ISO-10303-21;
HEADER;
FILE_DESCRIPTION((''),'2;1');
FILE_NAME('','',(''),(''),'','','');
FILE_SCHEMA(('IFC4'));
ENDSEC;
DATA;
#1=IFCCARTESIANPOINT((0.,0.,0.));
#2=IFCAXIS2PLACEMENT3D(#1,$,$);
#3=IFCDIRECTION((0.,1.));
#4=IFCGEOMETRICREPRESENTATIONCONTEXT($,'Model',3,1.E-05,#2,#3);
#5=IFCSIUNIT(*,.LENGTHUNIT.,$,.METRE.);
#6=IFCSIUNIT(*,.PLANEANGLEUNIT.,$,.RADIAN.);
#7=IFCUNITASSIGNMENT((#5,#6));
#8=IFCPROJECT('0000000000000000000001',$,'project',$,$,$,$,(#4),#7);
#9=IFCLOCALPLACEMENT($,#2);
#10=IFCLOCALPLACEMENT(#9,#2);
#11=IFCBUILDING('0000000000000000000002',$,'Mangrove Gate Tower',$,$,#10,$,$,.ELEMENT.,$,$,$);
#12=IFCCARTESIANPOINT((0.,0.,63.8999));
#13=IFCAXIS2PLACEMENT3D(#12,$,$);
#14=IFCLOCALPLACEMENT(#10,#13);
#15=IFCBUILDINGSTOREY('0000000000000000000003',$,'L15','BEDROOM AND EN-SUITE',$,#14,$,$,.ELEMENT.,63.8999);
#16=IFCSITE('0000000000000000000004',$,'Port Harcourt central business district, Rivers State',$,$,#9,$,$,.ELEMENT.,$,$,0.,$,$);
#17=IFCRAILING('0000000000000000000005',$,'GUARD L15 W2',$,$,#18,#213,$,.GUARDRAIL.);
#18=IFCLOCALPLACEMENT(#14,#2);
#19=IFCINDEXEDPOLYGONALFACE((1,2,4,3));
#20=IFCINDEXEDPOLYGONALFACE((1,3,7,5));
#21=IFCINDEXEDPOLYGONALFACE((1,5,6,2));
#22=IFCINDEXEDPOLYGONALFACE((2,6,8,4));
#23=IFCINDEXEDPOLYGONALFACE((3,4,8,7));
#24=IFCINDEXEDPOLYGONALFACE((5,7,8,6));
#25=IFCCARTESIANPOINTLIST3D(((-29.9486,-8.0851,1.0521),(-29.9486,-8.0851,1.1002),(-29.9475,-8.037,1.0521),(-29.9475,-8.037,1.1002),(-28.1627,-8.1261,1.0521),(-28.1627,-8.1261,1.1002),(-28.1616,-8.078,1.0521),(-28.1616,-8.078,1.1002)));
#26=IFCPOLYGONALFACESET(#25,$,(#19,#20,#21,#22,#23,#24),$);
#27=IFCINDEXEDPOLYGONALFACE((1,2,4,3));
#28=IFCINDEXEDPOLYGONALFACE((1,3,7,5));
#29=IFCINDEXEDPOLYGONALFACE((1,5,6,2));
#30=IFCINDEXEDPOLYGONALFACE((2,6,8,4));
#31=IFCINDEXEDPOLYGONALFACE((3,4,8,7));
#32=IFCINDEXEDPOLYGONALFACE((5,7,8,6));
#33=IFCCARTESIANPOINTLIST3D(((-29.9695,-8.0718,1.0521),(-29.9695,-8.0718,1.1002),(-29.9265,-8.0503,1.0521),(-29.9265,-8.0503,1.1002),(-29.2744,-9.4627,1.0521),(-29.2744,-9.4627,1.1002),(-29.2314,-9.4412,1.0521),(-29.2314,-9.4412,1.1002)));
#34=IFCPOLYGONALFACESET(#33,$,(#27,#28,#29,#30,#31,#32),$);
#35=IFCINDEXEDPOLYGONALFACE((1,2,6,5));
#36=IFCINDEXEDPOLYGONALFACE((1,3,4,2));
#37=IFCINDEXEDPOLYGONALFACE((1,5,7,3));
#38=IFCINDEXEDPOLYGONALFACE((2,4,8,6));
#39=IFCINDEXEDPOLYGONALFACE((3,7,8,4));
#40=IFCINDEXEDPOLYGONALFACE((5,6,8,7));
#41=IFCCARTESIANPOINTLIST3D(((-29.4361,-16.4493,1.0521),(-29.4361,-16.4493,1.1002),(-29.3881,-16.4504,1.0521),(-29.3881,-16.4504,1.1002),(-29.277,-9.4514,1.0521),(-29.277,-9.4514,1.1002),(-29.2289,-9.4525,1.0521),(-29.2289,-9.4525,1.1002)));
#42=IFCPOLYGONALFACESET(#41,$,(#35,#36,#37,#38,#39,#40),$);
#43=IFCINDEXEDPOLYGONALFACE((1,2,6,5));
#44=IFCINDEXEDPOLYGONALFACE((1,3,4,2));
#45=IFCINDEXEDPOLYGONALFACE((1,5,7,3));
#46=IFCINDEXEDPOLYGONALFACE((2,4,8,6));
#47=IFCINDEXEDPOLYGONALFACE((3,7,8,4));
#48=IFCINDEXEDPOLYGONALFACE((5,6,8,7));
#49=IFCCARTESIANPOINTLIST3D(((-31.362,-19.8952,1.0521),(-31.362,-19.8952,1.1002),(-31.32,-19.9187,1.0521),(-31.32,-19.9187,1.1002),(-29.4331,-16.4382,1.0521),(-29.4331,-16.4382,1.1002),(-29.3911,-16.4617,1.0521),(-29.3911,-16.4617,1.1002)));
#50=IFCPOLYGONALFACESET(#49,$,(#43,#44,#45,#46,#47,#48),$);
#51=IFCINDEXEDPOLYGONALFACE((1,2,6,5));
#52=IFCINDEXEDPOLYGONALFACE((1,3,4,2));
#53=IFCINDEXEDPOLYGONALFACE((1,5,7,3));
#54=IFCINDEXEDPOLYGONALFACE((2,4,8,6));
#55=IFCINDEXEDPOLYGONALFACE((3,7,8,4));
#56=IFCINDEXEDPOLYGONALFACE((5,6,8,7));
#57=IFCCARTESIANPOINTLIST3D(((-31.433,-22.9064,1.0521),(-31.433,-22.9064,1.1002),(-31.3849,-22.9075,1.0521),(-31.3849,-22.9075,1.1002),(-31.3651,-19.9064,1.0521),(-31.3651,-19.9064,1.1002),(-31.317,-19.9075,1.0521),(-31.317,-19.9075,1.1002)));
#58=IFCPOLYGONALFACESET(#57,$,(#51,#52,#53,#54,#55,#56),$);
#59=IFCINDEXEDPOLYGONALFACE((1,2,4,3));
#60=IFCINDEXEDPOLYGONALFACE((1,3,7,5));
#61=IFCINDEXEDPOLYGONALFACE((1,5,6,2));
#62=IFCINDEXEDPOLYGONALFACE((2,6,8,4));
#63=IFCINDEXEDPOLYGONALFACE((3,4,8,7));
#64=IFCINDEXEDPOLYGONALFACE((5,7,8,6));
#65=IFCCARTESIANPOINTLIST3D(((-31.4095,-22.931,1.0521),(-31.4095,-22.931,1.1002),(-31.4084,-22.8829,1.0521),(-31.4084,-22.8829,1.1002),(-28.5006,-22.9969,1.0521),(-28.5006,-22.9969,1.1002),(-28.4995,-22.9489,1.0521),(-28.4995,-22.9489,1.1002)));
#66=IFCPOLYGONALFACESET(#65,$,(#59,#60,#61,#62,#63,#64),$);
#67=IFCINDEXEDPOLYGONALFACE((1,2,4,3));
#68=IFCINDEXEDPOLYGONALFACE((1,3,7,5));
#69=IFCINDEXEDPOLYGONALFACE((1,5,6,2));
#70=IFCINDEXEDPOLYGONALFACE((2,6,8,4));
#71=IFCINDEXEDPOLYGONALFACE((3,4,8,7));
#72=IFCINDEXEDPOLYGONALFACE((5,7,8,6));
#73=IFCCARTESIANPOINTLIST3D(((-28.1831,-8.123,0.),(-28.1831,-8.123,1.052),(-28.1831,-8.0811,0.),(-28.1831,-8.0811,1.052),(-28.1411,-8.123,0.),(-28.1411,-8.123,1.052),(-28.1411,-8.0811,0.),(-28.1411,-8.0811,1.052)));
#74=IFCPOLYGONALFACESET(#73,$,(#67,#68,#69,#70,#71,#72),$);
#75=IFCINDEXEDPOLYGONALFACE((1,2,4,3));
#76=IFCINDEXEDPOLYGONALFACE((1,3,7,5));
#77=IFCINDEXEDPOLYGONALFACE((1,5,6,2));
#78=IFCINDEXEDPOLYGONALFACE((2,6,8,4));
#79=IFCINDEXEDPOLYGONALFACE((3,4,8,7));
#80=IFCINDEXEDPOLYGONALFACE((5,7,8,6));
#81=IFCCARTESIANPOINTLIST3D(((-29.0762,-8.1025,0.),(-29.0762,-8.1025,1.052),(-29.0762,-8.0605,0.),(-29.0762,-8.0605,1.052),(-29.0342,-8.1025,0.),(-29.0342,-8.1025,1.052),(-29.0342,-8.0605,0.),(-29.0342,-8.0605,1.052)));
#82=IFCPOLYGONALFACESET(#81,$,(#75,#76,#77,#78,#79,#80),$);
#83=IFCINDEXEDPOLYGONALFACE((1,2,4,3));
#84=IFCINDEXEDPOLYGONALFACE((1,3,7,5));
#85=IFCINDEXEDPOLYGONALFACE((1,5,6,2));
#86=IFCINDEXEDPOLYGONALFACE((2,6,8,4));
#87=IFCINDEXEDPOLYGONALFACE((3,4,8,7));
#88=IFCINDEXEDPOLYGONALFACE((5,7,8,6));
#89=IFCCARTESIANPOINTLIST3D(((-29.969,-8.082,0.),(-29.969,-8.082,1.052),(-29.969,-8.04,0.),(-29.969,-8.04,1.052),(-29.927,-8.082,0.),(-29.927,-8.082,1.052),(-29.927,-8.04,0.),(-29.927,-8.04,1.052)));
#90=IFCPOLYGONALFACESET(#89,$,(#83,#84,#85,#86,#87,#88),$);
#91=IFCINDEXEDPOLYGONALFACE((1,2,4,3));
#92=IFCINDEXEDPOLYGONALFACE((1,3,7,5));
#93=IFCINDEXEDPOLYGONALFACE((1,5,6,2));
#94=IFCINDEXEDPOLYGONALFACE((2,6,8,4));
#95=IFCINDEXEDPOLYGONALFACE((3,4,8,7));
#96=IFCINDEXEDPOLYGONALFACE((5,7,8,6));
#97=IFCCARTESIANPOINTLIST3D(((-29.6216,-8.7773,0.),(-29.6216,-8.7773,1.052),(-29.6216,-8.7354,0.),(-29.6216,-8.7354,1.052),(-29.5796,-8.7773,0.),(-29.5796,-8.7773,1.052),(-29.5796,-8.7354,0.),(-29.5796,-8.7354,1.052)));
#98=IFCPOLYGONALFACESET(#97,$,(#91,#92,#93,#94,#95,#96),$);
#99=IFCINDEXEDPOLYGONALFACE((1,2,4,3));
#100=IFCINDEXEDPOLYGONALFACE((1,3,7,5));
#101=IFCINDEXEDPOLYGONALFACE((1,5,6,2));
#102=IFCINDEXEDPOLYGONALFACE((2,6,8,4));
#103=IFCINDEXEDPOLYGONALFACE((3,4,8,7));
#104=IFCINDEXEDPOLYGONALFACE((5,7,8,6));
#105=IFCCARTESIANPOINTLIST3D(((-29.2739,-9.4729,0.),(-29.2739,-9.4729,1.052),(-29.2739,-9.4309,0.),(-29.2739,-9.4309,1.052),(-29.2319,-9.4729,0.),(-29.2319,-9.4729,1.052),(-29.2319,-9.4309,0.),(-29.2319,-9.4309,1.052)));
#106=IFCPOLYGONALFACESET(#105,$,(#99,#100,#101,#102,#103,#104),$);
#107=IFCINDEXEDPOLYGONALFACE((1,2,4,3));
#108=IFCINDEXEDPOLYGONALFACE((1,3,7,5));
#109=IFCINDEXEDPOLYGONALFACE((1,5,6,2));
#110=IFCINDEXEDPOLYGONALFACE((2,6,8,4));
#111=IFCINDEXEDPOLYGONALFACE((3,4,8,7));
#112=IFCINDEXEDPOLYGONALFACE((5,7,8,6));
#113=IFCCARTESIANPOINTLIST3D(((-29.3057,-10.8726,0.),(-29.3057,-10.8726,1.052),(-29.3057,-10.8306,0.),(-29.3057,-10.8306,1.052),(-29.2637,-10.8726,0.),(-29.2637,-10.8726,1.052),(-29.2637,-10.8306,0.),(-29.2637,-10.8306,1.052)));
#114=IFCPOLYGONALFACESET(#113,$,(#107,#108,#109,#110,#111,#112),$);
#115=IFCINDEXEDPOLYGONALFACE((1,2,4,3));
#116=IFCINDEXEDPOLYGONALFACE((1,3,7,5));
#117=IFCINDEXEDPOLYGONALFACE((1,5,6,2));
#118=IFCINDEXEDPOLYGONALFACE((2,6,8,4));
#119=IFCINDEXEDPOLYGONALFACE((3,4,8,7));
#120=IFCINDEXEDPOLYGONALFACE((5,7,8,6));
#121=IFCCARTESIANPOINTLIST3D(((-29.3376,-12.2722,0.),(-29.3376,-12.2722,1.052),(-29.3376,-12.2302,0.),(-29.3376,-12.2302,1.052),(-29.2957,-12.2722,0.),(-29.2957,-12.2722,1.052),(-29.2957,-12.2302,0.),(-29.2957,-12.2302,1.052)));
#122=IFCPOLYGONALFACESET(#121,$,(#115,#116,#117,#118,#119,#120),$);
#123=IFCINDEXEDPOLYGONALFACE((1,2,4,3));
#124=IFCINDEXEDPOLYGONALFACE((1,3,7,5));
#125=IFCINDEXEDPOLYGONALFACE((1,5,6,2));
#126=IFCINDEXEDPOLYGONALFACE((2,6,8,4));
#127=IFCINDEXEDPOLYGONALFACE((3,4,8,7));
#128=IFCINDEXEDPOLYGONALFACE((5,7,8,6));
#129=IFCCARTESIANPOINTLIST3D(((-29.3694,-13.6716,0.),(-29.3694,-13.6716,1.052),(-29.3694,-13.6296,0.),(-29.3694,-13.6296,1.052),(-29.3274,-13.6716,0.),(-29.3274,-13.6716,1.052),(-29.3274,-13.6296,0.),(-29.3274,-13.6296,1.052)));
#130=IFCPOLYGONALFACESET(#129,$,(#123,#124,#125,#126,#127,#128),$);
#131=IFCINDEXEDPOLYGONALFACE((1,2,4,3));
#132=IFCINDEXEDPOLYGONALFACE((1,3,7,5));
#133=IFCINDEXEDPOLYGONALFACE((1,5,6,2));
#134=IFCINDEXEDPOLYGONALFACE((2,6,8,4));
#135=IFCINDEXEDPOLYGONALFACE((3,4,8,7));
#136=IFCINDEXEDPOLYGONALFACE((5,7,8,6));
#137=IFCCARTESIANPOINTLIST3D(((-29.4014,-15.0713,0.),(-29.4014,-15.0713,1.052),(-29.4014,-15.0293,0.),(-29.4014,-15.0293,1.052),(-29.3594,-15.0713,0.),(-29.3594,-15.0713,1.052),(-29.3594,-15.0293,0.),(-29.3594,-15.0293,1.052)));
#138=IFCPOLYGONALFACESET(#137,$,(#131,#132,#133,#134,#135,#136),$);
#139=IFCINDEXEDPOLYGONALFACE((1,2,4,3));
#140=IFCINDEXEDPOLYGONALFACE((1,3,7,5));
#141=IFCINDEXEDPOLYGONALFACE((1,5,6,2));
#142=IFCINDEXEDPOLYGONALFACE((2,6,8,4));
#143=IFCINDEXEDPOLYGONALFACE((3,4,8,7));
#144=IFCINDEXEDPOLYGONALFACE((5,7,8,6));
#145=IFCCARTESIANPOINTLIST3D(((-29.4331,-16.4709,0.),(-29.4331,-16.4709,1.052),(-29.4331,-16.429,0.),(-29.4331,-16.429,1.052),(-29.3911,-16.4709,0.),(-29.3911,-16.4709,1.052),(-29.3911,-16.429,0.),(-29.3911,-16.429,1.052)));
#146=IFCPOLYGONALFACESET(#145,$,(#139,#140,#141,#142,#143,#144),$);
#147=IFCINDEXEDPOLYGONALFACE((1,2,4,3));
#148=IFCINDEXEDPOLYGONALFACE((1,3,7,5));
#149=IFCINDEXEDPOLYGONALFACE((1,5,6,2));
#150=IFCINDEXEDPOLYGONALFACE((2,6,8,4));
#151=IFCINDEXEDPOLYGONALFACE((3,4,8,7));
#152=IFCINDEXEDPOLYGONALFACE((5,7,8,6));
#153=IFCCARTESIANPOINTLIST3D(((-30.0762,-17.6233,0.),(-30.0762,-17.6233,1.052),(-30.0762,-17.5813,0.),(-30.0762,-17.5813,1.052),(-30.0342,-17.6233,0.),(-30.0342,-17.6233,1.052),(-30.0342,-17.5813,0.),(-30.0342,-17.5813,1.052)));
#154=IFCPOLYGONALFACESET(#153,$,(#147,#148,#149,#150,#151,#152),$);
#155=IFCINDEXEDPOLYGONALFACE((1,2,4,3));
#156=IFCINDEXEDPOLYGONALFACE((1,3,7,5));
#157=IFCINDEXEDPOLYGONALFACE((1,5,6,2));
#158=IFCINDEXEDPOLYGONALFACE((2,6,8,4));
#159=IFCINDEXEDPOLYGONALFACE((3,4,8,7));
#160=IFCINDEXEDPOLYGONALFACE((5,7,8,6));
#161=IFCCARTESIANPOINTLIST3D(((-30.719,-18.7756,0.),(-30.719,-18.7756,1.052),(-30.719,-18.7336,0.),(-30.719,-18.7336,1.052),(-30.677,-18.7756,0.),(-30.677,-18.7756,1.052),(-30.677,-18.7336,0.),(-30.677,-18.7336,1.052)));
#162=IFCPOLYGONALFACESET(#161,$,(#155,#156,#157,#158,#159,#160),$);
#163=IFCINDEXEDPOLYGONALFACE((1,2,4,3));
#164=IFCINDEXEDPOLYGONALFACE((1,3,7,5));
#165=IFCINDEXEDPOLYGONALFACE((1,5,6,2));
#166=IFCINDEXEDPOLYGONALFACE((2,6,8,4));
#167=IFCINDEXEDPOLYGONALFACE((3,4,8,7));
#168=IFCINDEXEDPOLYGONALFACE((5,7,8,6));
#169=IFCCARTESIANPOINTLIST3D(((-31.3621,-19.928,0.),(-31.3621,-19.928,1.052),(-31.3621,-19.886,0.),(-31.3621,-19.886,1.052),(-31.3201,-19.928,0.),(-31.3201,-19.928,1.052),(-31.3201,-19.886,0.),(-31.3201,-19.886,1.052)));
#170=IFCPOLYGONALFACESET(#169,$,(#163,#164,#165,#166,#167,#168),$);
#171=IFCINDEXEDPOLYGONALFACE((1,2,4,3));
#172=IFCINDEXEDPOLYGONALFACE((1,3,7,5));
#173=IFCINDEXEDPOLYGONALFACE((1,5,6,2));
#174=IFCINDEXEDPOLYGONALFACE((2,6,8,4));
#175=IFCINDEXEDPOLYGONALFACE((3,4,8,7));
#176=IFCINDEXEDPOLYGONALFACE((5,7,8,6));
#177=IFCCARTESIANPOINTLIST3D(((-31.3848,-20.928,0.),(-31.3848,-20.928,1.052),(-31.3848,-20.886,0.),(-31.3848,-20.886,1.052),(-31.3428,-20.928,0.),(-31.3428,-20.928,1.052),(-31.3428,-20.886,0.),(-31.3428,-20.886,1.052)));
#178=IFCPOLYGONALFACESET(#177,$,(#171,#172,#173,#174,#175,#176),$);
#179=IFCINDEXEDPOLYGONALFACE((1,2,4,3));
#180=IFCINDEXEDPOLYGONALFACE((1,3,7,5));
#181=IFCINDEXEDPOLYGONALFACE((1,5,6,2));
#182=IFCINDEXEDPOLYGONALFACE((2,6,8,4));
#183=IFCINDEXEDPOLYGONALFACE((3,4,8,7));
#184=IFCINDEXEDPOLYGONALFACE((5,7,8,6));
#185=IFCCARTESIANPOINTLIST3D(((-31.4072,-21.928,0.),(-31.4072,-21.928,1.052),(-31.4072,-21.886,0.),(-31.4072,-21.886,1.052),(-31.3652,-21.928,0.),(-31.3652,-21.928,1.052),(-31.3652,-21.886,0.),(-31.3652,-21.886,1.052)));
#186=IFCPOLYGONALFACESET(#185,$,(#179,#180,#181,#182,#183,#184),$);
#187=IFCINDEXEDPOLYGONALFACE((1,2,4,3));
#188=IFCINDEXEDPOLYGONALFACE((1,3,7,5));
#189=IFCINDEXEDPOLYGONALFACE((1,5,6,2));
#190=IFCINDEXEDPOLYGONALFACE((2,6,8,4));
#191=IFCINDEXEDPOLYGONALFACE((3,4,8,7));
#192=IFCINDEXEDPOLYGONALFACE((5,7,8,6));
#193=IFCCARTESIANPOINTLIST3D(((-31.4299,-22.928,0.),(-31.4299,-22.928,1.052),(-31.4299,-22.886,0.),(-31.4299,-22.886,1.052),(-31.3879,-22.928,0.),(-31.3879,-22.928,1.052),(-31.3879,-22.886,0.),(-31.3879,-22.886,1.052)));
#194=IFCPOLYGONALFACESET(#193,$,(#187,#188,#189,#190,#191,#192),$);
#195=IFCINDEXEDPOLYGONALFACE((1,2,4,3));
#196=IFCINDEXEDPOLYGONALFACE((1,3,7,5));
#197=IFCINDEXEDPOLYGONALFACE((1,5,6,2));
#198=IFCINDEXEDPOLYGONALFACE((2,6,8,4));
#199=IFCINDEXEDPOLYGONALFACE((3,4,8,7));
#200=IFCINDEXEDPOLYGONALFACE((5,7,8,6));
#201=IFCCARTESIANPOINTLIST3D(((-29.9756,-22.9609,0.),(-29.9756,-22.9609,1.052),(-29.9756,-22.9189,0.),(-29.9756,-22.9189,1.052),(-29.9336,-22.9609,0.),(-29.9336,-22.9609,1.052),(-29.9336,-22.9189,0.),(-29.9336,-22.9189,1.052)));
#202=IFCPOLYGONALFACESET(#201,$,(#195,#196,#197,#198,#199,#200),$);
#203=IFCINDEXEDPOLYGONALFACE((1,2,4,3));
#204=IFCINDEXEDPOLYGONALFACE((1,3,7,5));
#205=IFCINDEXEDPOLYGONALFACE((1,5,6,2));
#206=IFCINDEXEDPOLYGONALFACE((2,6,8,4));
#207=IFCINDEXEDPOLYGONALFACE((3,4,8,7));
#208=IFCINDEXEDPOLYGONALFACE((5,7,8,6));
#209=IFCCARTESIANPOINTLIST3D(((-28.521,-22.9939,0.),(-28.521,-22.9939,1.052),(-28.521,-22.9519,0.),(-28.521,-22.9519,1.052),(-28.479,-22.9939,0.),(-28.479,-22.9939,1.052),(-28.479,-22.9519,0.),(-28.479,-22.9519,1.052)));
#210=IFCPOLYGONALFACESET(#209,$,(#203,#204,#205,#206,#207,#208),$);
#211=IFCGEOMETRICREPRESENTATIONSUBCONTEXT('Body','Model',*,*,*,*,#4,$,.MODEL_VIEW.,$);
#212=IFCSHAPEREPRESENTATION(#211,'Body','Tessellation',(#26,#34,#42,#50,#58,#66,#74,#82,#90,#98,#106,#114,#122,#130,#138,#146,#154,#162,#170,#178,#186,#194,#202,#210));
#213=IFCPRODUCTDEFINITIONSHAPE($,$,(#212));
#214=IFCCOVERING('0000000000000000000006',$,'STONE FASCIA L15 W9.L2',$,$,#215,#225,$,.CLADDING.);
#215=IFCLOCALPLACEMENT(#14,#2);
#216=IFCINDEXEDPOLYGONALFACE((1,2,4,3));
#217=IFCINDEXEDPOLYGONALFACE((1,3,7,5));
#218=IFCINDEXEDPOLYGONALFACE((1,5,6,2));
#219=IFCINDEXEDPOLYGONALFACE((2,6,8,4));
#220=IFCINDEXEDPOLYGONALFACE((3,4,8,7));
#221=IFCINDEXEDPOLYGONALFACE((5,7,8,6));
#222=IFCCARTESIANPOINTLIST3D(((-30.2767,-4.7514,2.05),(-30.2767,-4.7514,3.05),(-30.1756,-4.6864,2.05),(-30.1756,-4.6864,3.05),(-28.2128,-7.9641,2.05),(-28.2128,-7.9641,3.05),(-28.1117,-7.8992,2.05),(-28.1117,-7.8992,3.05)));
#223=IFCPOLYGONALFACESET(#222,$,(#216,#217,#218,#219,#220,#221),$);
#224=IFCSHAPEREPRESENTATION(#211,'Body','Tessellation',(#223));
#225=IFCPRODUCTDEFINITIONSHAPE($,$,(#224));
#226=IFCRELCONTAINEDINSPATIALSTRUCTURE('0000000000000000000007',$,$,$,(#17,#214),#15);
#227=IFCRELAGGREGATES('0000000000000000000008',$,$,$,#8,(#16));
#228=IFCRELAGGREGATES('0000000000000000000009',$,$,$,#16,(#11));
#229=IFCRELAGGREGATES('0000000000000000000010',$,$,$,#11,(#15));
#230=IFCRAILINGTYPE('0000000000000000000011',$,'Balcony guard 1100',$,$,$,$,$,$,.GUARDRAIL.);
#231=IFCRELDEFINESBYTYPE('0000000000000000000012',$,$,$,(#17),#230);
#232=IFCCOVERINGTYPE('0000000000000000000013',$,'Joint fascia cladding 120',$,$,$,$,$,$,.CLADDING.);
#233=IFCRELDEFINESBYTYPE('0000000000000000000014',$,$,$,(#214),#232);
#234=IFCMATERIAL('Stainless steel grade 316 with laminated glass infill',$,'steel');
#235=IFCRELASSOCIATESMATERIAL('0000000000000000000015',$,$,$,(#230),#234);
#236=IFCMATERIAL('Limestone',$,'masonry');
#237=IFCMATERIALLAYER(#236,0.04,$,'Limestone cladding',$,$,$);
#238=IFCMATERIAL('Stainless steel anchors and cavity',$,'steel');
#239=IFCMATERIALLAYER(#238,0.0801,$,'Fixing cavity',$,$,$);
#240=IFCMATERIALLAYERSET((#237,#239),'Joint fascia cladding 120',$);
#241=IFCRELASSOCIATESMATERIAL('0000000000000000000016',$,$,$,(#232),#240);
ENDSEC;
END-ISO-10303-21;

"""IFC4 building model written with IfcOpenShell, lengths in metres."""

from ifc_helpers import new_model, si_unit, direction, frame, frame_2d, origin, origin_2d, place, context, subcontext, project, spatial, rectangle, extrude, material, layer, layer_set, type_object, element, save


model = new_model("IFC4")

# Units and contexts
model_context = context("Model", 3, precision=1e-05, world=origin(), true_north=direction((0.0, 1.0)))
body_context = subcontext(model_context, "Body", "Model", "MODEL_VIEW")
ifc_project = project(units=[si_unit("LENGTHUNIT", "METRE"), si_unit("PLANEANGLEUNIT", "RADIAN")], contexts=[model_context])

# Site, building, storey
site_placement = place(None, origin())
site = spatial("IfcSite", under=ifc_project, at=site_placement, Name="Port Harcourt central business district, Rivers State", CompositionType="ELEMENT", RefElevation=0.0)
building_placement = place(site_placement, origin())
building = spatial("IfcBuilding", under=site, at=building_placement, Name="Mangrove Gate Tower", CompositionType="ELEMENT")
storey_placement = place(building_placement, frame((0.0, 0.0, 63.8999)))
storey = spatial("IfcBuildingStorey", under=building, at=storey_placement, Name="L15", Description="BEDROOM AND EN-SUITE", CompositionType="ELEMENT", Elevation=63.8999)

# Shared definitions
ifc_material_1 = material(Name="Limestone", Category="masonry")

# Railing
ifc_material_2 = material(Name="Stainless steel grade 316 with laminated glass infill", Category="steel")
railing_type = type_object("IfcRailingType", Name="Balcony guard 1100", PredefinedType="GUARDRAIL", material=ifc_material_2)
railing_placement = place(storey_placement, frame((-28.1621, -8.1021, 0.0)))
element("IfcRailing", 1, at=railing_placement, inside=storey, type_object=railing_type, Name="GUARD L15 W2", PredefinedType="GUARDRAIL", context=body_context, shape_type="SweptSolid", body=[
    extrude(rectangle(XDim=0.0481, YDim=0.0481, at=origin_2d()), frame((0.0, 0.0, 1.0762), z_axis=(-0.999736, 0.02296, 0.0), x_axis=(-0.02296, -0.999736, 0.0)), (0.0, 0.0, 1.0), 1.7864),
    extrude(rectangle(XDim=0.0481, YDim=0.0481, at=origin_2d()), frame((-1.7859, 0.041, 1.0762), z_axis=(0.447025, -0.894521, 0.0), x_axis=(0.894521, 0.447025, 0.0)), (0.0, 0.0, 1.0), 1.5549),
    extrude(rectangle(XDim=0.0481, YDim=0.0481, at=origin_2d()), frame((-1.0908, -1.3499, 1.0762), z_axis=(-0.02274, -0.999741, 0.0), x_axis=(0.999741, -0.02274, 0.0)), (0.0, 0.0, 1.0), 6.9998),
    extrude(rectangle(XDim=0.0481, YDim=0.0481, at=origin_2d()), frame((-1.25, -8.3479, 1.0762), z_axis=(-0.48726, -0.873257, 0.0), x_axis=(0.873257, -0.48726, 0.0)), (0.0, 0.0, 1.0), 3.9587),
    extrude(rectangle(XDim=0.0481, YDim=0.0481, at=origin_2d()), frame((-3.179, -11.8049, 1.0762), z_axis=(-0.022618, -0.999744, 0.0), x_axis=(0.999744, -0.022618, 0.0)), (0.0, 0.0, 1.0), 3.0007),
    extrude(rectangle(XDim=0.0481, YDim=0.0481, at=origin_2d()), frame((-3.2468, -14.8049, 1.0762), z_axis=(0.999743, -0.022655, 0.0), x_axis=(0.022655, 0.999743, 0.0)), (0.0, 0.0, 1.0), 2.9097),
    extrude(rectangle(XDim=0.042, YDim=0.042, at=origin_2d()), origin(), (0.0, 0.0, 1.0), 1.052),
    extrude(rectangle(XDim=0.042, YDim=0.042, at=origin_2d()), frame((-0.8931, 0.0205, 0.0)), (0.0, 0.0, 1.0), 1.052),
    extrude(rectangle(XDim=0.042, YDim=0.042, at=origin_2d()), frame((-1.7859, 0.041, 0.0)), (0.0, 0.0, 1.0), 1.052),
    extrude(rectangle(XDim=0.042, YDim=0.042, at=origin_2d()), frame((-1.4385, -0.6543, 0.0)), (0.0, 0.0, 1.0), 1.052),
    extrude(rectangle(XDim=0.042, YDim=0.042, at=origin_2d()), frame((-1.0908, -1.3499, 0.0)), (0.0, 0.0, 1.0), 1.052),
    extrude(rectangle(XDim=0.042, YDim=0.042, at=origin_2d()), frame((-1.1226, -2.7495, 0.0)), (0.0, 0.0, 1.0), 1.052),
    extrude(rectangle(XDim=0.042, YDim=0.042, at=origin_2d()), frame((-1.1545, -4.1492, 0.0)), (0.0, 0.0, 1.0), 1.052),
    extrude(rectangle(XDim=0.042, YDim=0.042, at=origin_2d()), frame((-1.1863, -5.5486, 0.0)), (0.0, 0.0, 1.0), 1.052),
    extrude(rectangle(XDim=0.042, YDim=0.042, at=origin_2d()), frame((-1.2183, -6.9482, 0.0)), (0.0, 0.0, 1.0), 1.052),
    extrude(rectangle(XDim=0.042, YDim=0.042, at=origin_2d()), frame((-1.25, -8.3479, 0.0)), (0.0, 0.0, 1.0), 1.052),
    extrude(rectangle(XDim=0.042, YDim=0.042, at=origin_2d()), frame((-1.8931, -9.5002, 0.0)), (0.0, 0.0, 1.0), 1.052),
    extrude(rectangle(XDim=0.042, YDim=0.042, at=origin_2d()), frame((-2.5359, -10.6526, 0.0)), (0.0, 0.0, 1.0), 1.052),
    extrude(rectangle(XDim=0.042, YDim=0.042, at=origin_2d()), frame((-3.179, -11.8049, 0.0)), (0.0, 0.0, 1.0), 1.052),
    extrude(rectangle(XDim=0.042, YDim=0.042, at=origin_2d()), frame((-3.2017, -12.8049, 0.0)), (0.0, 0.0, 1.0), 1.052),
    extrude(rectangle(XDim=0.042, YDim=0.042, at=origin_2d()), frame((-3.2241, -13.8049, 0.0)), (0.0, 0.0, 1.0), 1.052),
    extrude(rectangle(XDim=0.042, YDim=0.042, at=origin_2d()), frame((-3.2468, -14.8049, 0.0)), (0.0, 0.0, 1.0), 1.052),
    extrude(rectangle(XDim=0.042, YDim=0.042, at=origin_2d()), frame((-1.7925, -14.8379, 0.0)), (0.0, 0.0, 1.0), 1.052),
    extrude(rectangle(XDim=0.042, YDim=0.042, at=origin_2d()), frame((-0.3379, -14.8708, 0.0)), (0.0, 0.0, 1.0), 1.052),
])

# Covering
ifc_layer_1 = layer(ifc_material_1, 0.04, Name="Limestone cladding")
ifc_material_3 = material(Name="Stainless steel anchors and cavity", Category="steel")
ifc_layer_2 = layer(ifc_material_3, 0.0801, Name="Fixing cavity")
ifc_layer_set_1 = layer_set([ifc_layer_1, ifc_layer_2], Name="Joint fascia cladding 120")
covering_type = type_object("IfcCoveringType", Name="Joint fascia cladding 120", PredefinedType="CLADDING", material=ifc_layer_set_1)
covering_placement = place(storey_placement, frame((-30.2261, -4.719, 2.05), z_axis=(0.0, 0.0, 1.0), x_axis=(0.540486, -0.841353, 0.0)))
element("IfcCovering", 2, at=covering_placement, inside=storey, type_object=covering_type, Name="STONE FASCIA L15 W9.L2", PredefinedType="CLADDING", context=body_context, shape_type="SweptSolid", body=[
    extrude(rectangle(XDim=3.8186, YDim=0.1201, at=frame_2d((1.9092, 0.0))), origin(), (0.0, 0.0, 1.0), 1.0),
])

save(model, "model.ifc")
